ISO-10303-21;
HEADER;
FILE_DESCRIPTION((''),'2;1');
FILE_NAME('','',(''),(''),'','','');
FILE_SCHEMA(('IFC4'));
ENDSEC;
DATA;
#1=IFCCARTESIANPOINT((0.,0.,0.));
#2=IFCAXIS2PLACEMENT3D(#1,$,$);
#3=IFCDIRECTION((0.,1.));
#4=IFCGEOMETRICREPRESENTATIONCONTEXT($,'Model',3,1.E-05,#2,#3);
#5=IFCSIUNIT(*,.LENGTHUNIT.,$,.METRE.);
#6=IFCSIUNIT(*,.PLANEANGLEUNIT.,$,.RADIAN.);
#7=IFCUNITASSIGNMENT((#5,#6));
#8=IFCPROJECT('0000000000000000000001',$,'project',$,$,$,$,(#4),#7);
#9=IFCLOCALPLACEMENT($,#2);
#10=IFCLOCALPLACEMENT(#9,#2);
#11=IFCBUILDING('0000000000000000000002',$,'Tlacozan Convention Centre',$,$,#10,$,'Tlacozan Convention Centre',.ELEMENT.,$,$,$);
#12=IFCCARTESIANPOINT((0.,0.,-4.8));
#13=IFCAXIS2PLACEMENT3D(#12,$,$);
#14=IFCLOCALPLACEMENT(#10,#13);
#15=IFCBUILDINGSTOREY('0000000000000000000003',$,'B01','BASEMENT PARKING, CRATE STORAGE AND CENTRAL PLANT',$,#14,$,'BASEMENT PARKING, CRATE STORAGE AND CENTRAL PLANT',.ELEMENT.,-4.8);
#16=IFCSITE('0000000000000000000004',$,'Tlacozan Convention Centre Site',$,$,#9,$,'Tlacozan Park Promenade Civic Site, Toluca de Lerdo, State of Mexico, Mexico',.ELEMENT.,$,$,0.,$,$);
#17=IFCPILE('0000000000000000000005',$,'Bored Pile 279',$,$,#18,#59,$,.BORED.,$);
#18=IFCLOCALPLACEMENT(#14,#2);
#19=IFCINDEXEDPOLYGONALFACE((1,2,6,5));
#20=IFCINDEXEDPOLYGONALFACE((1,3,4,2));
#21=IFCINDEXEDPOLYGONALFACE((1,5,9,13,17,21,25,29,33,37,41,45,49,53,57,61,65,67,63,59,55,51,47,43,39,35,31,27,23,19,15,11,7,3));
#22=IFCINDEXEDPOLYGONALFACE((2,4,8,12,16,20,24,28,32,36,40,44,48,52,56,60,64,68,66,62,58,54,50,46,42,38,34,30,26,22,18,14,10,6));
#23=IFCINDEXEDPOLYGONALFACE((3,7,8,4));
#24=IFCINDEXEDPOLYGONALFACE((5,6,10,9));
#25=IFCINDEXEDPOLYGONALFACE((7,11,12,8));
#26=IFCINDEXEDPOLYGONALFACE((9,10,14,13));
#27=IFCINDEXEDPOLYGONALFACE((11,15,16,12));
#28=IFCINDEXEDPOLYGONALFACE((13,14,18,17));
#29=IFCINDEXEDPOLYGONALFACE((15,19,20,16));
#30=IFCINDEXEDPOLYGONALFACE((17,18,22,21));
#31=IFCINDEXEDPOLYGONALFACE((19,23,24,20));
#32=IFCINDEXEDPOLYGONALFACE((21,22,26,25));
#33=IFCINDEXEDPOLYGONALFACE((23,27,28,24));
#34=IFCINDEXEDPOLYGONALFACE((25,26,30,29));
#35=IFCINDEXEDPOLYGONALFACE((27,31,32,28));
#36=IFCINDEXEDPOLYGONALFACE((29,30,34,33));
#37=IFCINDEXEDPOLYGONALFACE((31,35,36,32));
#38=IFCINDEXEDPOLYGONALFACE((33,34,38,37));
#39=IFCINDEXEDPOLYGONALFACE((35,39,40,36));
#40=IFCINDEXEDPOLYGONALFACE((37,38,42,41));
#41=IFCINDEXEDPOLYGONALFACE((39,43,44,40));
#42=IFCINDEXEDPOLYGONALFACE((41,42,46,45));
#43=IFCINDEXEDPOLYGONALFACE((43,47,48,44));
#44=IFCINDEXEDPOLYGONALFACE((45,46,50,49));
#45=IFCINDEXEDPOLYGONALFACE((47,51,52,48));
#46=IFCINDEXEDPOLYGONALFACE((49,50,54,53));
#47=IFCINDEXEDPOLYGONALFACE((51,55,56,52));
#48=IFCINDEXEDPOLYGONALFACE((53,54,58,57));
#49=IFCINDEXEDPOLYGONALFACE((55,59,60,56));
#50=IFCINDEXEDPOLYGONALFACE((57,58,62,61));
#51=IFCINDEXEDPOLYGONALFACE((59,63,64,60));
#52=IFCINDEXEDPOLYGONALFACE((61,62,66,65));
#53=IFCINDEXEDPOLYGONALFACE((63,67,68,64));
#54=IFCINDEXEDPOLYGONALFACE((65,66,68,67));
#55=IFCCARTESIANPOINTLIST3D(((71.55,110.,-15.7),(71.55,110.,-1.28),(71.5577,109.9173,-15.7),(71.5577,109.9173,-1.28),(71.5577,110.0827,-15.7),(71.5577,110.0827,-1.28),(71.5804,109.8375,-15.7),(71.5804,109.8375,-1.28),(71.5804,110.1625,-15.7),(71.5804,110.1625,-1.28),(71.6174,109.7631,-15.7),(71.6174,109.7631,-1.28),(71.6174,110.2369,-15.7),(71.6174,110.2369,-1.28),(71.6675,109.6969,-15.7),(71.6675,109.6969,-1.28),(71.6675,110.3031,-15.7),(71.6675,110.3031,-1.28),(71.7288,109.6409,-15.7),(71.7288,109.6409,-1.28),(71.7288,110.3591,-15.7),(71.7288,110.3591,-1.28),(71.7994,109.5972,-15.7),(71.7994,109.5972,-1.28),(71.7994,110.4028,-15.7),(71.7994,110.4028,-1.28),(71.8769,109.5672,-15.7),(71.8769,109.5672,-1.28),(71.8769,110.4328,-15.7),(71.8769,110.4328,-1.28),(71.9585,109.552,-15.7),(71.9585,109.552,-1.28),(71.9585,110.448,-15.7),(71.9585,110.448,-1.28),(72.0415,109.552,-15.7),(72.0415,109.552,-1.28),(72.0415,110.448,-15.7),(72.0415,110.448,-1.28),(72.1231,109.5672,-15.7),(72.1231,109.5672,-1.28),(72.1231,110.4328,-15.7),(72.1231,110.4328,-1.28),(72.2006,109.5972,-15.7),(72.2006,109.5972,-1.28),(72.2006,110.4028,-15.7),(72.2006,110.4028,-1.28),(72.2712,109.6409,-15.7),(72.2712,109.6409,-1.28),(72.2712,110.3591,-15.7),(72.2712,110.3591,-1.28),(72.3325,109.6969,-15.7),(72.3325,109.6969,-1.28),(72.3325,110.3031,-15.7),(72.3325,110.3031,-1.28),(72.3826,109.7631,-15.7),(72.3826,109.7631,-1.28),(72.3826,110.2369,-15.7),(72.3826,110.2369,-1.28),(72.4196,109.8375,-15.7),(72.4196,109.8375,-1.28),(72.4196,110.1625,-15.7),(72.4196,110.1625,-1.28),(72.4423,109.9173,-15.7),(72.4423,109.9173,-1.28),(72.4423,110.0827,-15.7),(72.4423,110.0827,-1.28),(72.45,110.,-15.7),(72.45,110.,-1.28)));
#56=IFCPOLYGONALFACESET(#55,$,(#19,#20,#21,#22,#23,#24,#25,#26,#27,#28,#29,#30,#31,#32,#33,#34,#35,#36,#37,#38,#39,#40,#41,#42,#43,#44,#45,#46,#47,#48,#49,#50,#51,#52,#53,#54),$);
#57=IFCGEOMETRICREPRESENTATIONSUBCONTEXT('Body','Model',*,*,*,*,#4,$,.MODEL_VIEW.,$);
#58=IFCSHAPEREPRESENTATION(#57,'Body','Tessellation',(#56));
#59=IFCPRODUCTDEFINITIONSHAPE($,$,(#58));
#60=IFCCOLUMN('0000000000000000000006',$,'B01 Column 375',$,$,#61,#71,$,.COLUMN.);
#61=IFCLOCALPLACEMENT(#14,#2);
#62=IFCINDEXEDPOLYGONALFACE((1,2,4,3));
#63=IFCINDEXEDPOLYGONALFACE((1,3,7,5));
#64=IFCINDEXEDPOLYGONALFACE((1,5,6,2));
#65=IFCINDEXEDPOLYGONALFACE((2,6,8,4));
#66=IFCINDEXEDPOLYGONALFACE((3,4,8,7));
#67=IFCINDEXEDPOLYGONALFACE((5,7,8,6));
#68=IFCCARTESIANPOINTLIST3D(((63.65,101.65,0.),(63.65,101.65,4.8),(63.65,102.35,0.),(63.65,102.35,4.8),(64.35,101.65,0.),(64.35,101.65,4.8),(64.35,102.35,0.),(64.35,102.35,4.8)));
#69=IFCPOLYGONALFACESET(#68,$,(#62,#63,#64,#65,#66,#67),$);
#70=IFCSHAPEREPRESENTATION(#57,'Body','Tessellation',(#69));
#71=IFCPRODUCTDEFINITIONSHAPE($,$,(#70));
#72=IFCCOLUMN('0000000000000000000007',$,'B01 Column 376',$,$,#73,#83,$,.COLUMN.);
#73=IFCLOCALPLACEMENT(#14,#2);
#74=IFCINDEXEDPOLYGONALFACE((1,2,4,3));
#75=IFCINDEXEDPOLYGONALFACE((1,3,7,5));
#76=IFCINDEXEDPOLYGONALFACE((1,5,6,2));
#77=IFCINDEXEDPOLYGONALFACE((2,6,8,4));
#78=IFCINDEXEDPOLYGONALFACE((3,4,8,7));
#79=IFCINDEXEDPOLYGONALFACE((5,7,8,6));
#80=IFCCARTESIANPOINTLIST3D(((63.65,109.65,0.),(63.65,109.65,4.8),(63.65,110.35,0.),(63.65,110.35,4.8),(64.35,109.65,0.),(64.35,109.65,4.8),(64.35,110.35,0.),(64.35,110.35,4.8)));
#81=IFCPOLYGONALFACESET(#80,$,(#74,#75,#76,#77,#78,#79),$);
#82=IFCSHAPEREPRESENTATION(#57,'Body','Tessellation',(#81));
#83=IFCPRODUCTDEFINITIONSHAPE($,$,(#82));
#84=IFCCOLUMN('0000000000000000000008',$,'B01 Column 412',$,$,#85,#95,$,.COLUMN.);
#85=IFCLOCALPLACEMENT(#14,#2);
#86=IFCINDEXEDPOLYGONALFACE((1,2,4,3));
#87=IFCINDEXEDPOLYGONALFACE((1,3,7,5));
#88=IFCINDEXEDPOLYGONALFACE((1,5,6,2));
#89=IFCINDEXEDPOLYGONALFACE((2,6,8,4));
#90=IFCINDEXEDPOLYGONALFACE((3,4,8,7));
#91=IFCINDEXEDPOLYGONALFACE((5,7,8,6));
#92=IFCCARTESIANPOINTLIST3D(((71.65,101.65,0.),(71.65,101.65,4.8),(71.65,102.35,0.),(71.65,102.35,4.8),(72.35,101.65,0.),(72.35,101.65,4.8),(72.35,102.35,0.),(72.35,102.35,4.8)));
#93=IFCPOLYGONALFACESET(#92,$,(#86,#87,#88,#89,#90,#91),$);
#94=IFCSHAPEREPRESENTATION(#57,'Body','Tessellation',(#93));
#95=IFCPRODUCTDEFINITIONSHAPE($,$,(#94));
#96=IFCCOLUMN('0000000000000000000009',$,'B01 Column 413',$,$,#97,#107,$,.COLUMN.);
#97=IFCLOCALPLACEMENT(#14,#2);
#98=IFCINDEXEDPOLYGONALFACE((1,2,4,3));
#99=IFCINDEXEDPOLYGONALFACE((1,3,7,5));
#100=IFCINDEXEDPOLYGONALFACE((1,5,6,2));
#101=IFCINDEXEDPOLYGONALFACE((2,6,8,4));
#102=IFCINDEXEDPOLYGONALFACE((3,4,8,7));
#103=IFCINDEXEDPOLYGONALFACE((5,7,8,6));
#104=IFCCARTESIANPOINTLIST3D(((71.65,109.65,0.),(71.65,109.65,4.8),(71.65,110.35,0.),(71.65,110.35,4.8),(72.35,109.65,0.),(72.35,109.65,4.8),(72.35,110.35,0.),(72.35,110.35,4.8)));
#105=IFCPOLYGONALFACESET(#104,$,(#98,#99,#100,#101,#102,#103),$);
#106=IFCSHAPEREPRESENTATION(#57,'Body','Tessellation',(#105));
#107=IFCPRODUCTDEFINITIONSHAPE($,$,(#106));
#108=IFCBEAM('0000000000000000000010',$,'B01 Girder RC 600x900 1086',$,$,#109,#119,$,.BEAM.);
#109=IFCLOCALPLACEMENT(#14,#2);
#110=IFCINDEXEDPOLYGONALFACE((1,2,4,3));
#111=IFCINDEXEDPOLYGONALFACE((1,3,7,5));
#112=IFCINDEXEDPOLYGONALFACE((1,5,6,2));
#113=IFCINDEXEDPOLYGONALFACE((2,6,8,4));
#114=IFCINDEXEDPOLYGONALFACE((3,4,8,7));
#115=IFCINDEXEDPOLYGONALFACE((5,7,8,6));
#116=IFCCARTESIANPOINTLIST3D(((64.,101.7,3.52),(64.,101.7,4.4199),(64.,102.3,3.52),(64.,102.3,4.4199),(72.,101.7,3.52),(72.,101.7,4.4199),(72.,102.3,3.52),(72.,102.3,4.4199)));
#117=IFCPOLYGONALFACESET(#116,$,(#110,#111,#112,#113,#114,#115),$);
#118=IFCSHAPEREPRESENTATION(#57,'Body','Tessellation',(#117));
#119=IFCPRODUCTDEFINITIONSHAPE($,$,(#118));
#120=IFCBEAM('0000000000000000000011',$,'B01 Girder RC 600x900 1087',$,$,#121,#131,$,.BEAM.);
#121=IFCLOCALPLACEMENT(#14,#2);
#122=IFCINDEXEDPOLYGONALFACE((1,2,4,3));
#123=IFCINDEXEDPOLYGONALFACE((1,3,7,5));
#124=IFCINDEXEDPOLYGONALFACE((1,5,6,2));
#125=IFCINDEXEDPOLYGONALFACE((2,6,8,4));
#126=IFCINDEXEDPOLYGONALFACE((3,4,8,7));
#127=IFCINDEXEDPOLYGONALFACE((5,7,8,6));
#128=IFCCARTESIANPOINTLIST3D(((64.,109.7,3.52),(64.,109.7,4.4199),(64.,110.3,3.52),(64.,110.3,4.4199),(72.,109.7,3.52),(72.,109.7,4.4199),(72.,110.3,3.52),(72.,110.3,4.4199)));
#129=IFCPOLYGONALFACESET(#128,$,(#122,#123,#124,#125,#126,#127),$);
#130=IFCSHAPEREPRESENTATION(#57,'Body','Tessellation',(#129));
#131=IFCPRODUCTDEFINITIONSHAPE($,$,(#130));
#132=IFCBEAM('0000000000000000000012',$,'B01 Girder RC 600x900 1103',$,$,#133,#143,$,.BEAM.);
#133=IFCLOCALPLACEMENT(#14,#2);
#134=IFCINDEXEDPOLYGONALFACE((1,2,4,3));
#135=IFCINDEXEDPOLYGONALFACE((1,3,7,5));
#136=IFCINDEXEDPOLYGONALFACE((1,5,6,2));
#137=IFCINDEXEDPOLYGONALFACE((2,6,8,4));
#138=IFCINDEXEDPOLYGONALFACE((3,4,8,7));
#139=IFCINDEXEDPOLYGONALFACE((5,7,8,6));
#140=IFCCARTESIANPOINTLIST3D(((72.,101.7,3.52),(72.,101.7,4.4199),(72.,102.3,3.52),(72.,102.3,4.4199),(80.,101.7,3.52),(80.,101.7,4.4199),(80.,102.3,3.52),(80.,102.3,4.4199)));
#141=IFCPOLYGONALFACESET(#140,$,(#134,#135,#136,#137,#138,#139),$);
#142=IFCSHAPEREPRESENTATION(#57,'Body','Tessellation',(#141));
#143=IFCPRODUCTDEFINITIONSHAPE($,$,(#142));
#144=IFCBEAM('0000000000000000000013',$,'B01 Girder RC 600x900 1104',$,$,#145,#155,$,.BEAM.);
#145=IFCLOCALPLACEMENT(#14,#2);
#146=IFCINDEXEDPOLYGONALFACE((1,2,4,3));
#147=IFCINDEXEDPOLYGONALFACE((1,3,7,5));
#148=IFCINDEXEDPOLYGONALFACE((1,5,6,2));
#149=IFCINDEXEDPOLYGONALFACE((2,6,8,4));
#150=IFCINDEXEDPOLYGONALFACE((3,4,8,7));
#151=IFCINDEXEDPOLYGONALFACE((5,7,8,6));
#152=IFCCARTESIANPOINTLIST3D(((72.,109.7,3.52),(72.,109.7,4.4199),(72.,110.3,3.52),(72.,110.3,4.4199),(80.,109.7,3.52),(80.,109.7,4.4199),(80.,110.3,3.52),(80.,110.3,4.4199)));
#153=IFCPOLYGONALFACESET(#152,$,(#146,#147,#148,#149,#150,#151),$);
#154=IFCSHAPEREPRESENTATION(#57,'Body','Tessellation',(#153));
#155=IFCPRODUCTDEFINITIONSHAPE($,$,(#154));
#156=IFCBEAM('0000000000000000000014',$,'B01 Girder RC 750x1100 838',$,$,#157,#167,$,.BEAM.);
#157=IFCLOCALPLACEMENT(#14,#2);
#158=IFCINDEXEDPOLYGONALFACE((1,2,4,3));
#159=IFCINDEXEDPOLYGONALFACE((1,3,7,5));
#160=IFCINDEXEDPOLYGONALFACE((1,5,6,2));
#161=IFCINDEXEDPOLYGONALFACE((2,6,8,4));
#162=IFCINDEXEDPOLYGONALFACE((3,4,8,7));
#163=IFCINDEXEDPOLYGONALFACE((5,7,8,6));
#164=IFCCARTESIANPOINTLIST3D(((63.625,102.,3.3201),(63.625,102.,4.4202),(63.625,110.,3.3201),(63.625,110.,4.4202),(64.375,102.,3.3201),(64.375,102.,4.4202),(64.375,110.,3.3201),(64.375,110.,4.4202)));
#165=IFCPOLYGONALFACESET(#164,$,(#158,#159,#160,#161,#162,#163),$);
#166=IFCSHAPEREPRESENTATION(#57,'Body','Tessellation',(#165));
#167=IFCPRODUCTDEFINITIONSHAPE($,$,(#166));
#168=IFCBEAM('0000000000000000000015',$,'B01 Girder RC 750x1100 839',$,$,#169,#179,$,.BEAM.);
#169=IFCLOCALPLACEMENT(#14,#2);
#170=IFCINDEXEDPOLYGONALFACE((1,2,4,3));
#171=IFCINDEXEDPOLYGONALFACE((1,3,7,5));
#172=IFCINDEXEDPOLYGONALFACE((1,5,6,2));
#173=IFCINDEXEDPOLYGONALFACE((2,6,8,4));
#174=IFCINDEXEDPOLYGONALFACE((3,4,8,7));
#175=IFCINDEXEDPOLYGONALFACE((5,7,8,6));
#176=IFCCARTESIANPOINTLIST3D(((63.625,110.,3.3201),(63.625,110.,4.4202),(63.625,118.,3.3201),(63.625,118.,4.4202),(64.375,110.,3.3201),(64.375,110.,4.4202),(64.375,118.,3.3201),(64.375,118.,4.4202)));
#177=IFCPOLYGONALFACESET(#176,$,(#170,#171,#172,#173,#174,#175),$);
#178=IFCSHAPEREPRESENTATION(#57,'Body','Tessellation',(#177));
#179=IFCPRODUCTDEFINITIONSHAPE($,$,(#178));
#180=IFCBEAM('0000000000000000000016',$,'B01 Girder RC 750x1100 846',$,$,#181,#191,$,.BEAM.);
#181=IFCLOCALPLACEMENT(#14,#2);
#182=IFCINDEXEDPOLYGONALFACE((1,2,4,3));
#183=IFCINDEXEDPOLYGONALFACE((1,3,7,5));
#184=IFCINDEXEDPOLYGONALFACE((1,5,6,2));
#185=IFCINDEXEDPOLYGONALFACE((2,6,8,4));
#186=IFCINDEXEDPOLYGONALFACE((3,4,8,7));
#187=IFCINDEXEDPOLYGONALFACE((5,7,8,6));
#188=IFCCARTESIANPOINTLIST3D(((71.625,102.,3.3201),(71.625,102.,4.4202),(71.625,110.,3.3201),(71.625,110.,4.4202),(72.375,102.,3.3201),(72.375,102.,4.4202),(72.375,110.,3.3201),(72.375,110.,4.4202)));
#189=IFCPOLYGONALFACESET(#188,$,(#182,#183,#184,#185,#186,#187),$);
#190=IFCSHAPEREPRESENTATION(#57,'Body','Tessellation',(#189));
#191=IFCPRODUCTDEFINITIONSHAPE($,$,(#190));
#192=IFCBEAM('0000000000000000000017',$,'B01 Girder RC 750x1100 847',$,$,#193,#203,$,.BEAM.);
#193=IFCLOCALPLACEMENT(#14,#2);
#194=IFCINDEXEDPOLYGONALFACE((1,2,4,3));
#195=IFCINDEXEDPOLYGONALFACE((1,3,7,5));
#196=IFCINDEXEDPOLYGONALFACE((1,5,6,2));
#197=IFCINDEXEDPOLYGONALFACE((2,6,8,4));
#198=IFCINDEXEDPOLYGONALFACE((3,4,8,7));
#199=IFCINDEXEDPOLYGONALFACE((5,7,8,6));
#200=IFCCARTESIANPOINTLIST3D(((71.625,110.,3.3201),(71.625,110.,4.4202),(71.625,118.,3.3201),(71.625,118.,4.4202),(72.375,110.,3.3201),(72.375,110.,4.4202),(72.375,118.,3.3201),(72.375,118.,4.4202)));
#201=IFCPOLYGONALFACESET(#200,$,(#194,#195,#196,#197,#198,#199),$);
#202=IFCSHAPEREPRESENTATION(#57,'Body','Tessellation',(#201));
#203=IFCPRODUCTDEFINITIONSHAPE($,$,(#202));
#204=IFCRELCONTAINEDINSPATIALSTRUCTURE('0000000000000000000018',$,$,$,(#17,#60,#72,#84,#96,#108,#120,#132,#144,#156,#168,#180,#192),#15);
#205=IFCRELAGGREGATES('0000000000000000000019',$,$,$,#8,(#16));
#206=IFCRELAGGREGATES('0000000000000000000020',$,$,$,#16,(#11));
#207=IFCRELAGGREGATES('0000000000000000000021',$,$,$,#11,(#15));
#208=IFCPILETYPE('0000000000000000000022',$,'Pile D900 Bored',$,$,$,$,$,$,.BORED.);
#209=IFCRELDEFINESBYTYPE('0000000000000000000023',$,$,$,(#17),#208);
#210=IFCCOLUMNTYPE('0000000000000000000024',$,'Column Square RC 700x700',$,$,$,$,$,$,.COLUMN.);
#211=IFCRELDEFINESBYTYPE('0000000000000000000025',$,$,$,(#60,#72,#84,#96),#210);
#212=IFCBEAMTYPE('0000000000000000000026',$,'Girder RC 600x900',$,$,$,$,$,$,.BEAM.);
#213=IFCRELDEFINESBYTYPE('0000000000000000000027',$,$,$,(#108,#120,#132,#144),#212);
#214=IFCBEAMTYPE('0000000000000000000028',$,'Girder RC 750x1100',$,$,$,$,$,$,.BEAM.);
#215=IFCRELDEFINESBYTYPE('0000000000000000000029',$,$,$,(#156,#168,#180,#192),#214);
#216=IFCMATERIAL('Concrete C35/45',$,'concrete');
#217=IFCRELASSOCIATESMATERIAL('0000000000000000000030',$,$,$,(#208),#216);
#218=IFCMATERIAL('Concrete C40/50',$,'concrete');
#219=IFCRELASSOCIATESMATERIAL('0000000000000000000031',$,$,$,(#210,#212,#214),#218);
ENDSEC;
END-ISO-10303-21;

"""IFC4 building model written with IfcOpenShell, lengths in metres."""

from ifc_helpers import new_model, si_unit, direction, frame, origin, origin_2d, place, context, subcontext, project, spatial, rectangle, circle, extrude, material, material_profile, profile_set, type_object, element, save


model = new_model("IFC4")

# Units and contexts
model_context = context("Model", 3, precision=1e-05, world=origin(), true_north=direction((0.0, 1.0)))
body_context = subcontext(model_context, "Body", "Model", "MODEL_VIEW")
ifc_project = project(units=[si_unit("LENGTHUNIT", "METRE"), si_unit("PLANEANGLEUNIT", "RADIAN")], contexts=[model_context])

# Site, building, storey
site_placement = place(None, origin())
site = spatial("IfcSite", under=ifc_project, at=site_placement, Name="Tlacozan Convention Centre Site", LongName="Tlacozan Park Promenade Civic Site, Toluca de Lerdo, State of Mexico, Mexico", CompositionType="ELEMENT", RefElevation=0.0)
building_placement = place(site_placement, origin())
building = spatial("IfcBuilding", under=site, at=building_placement, Name="Tlacozan Convention Centre", LongName="Tlacozan Convention Centre", CompositionType="ELEMENT")
storey_placement = place(building_placement, frame((0.0, 0.0, -4.8)))
storey = spatial("IfcBuildingStorey", under=building, at=storey_placement, Name="B01", Description="BASEMENT PARKING, CRATE STORAGE AND CENTRAL PLANT", LongName="BASEMENT PARKING, CRATE STORAGE AND CENTRAL PLANT", CompositionType="ELEMENT", Elevation=-4.8)

# Shared definitions
ifc_material_1 = material(Name="Concrete C35/45", Category="concrete")

# Pile
ifc_material_profile_1 = material_profile(ifc_material_1, circle(Radius=0.45, at=origin_2d()), Name="PILE D900")
ifc_profile_set_1 = profile_set([ifc_material_profile_1], Name="Concrete C35/45")
pile_type_1 = type_object("IfcPileType", Name="Pile D900 Bored", PredefinedType="BORED", material=ifc_profile_set_1)
for number, where, z_axis, x_axis, name in (
    (1, (72.0, 110.0, -1.28), (0.0, 0.0, -1.0), (1.0, 0.0, 0.0), "Bored Pile 279"),
):
    element("IfcPile", number, at=place(storey_placement, frame(where, z_axis=z_axis, x_axis=x_axis)), inside=storey, type_object=pile_type_1, Name=name, PredefinedType="BORED", context=body_context, shape_type="SweptSolid", body=[
        extrude(circle(Radius=0.45, at=origin_2d()), origin(), (0.0, 0.0, 1.0), 14.4199),
    ])

# Columns
ifc_material_2 = material(Name="Concrete C40/50", Category="concrete")
ifc_material_profile_2 = material_profile(ifc_material_2, rectangle(XDim=0.7, YDim=0.7, at=origin_2d()), Name="RC 700x700")
ifc_profile_set_2 = profile_set([ifc_material_profile_2], Name="Concrete C40/50")
column_type = type_object("IfcColumnType", Name="Column Square RC 700x700", PredefinedType="COLUMN", material=ifc_profile_set_2)
for number, where, z_axis, x_axis, name in (
    (2, (64.0, 102.0, 0.0), (0.0, 0.0, 1.0), (1.0, 0.0, 0.0), "B01 Column 375"),
    (3, (64.0, 110.0, 0.0), (0.0, 0.0, 1.0), (1.0, 0.0, 0.0), "B01 Column 376"),
    (4, (72.0, 102.0, 0.0), (0.0, 0.0, 1.0), (1.0, 0.0, 0.0), "B01 Column 412"),
    (5, (72.0, 110.0, 0.0), (0.0, 0.0, 1.0), (1.0, 0.0, 0.0), "B01 Column 413"),
):
    element("IfcColumn", number, at=place(storey_placement, frame(where, z_axis=z_axis, x_axis=x_axis)), inside=storey, type_object=column_type, Name=name, PredefinedType="COLUMN", context=body_context, shape_type="SweptSolid", body=[
        extrude(rectangle(XDim=0.7, YDim=0.7, at=origin_2d()), origin(), (0.0, 0.0, 1.0), 4.8),
    ])

# Beams
ifc_material_profile_3 = material_profile(ifc_material_2, rectangle(XDim=0.6001, YDim=0.8999, at=origin_2d()), Name="RC 600x900")
ifc_profile_set_3 = profile_set([ifc_material_profile_3], Name="Concrete C40/50")
beam_type_1 = type_object("IfcBeamType", Name="Girder RC 600x900", PredefinedType="BEAM", material=ifc_profile_set_3)
for number, where, z_axis, x_axis, name in (
    (6, (64.0, 102.0, 3.97), (1.0, 0.0, 0.0), (0.0, 1.0, 0.0), "B01 Girder RC 600x900 1086"),
    (7, (64.0, 110.0, 3.97), (1.0, 0.0, 0.0), (0.0, 1.0, 0.0), "B01 Girder RC 600x900 1087"),
    (8, (72.0, 102.0, 3.97), (1.0, 0.0, 0.0), (0.0, 1.0, 0.0), "B01 Girder RC 600x900 1103"),
    (9, (72.0, 110.0, 3.97), (1.0, 0.0, 0.0), (0.0, 1.0, 0.0), "B01 Girder RC 600x900 1104"),
):
    element("IfcBeam", number, at=place(storey_placement, frame(where, z_axis=z_axis, x_axis=x_axis)), inside=storey, type_object=beam_type_1, Name=name, PredefinedType="BEAM", context=body_context, shape_type="SweptSolid", body=[
        extrude(rectangle(XDim=0.6001, YDim=0.8999, at=origin_2d()), origin(), (0.0, 0.0, 1.0), 8.0),
    ])
ifc_material_profile_4 = material_profile(ifc_material_2, rectangle(XDim=0.75, YDim=1.1001, at=origin_2d()), Name="RC 750x1100")
ifc_profile_set_4 = profile_set([ifc_material_profile_4], Name="Concrete C40/50")
beam_type_2 = type_object("IfcBeamType", Name="Girder RC 750x1100", PredefinedType="BEAM", material=ifc_profile_set_4)
for number, where, z_axis, x_axis, name in (
    (10, (64.0, 102.0, 3.8701), (0.0, 1.0, 0.0), (-1.0, 0.0, 0.0), "B01 Girder RC 750x1100 838"),
    (11, (64.0, 110.0, 3.8701), (0.0, 1.0, 0.0), (-1.0, 0.0, 0.0), "B01 Girder RC 750x1100 839"),
    (12, (72.0, 102.0, 3.8701), (0.0, 1.0, 0.0), (-1.0, 0.0, 0.0), "B01 Girder RC 750x1100 846"),
    (13, (72.0, 110.0, 3.8701), (0.0, 1.0, 0.0), (-1.0, 0.0, 0.0), "B01 Girder RC 750x1100 847"),
):
    element("IfcBeam", number, at=place(storey_placement, frame(where, z_axis=z_axis, x_axis=x_axis)), inside=storey, type_object=beam_type_2, Name=name, PredefinedType="BEAM", context=body_context, shape_type="SweptSolid", body=[
        extrude(rectangle(XDim=0.75, YDim=1.1001, at=origin_2d()), origin(), (0.0, 0.0, 1.0), 8.0),
    ])

save(model, "model.ifc")
